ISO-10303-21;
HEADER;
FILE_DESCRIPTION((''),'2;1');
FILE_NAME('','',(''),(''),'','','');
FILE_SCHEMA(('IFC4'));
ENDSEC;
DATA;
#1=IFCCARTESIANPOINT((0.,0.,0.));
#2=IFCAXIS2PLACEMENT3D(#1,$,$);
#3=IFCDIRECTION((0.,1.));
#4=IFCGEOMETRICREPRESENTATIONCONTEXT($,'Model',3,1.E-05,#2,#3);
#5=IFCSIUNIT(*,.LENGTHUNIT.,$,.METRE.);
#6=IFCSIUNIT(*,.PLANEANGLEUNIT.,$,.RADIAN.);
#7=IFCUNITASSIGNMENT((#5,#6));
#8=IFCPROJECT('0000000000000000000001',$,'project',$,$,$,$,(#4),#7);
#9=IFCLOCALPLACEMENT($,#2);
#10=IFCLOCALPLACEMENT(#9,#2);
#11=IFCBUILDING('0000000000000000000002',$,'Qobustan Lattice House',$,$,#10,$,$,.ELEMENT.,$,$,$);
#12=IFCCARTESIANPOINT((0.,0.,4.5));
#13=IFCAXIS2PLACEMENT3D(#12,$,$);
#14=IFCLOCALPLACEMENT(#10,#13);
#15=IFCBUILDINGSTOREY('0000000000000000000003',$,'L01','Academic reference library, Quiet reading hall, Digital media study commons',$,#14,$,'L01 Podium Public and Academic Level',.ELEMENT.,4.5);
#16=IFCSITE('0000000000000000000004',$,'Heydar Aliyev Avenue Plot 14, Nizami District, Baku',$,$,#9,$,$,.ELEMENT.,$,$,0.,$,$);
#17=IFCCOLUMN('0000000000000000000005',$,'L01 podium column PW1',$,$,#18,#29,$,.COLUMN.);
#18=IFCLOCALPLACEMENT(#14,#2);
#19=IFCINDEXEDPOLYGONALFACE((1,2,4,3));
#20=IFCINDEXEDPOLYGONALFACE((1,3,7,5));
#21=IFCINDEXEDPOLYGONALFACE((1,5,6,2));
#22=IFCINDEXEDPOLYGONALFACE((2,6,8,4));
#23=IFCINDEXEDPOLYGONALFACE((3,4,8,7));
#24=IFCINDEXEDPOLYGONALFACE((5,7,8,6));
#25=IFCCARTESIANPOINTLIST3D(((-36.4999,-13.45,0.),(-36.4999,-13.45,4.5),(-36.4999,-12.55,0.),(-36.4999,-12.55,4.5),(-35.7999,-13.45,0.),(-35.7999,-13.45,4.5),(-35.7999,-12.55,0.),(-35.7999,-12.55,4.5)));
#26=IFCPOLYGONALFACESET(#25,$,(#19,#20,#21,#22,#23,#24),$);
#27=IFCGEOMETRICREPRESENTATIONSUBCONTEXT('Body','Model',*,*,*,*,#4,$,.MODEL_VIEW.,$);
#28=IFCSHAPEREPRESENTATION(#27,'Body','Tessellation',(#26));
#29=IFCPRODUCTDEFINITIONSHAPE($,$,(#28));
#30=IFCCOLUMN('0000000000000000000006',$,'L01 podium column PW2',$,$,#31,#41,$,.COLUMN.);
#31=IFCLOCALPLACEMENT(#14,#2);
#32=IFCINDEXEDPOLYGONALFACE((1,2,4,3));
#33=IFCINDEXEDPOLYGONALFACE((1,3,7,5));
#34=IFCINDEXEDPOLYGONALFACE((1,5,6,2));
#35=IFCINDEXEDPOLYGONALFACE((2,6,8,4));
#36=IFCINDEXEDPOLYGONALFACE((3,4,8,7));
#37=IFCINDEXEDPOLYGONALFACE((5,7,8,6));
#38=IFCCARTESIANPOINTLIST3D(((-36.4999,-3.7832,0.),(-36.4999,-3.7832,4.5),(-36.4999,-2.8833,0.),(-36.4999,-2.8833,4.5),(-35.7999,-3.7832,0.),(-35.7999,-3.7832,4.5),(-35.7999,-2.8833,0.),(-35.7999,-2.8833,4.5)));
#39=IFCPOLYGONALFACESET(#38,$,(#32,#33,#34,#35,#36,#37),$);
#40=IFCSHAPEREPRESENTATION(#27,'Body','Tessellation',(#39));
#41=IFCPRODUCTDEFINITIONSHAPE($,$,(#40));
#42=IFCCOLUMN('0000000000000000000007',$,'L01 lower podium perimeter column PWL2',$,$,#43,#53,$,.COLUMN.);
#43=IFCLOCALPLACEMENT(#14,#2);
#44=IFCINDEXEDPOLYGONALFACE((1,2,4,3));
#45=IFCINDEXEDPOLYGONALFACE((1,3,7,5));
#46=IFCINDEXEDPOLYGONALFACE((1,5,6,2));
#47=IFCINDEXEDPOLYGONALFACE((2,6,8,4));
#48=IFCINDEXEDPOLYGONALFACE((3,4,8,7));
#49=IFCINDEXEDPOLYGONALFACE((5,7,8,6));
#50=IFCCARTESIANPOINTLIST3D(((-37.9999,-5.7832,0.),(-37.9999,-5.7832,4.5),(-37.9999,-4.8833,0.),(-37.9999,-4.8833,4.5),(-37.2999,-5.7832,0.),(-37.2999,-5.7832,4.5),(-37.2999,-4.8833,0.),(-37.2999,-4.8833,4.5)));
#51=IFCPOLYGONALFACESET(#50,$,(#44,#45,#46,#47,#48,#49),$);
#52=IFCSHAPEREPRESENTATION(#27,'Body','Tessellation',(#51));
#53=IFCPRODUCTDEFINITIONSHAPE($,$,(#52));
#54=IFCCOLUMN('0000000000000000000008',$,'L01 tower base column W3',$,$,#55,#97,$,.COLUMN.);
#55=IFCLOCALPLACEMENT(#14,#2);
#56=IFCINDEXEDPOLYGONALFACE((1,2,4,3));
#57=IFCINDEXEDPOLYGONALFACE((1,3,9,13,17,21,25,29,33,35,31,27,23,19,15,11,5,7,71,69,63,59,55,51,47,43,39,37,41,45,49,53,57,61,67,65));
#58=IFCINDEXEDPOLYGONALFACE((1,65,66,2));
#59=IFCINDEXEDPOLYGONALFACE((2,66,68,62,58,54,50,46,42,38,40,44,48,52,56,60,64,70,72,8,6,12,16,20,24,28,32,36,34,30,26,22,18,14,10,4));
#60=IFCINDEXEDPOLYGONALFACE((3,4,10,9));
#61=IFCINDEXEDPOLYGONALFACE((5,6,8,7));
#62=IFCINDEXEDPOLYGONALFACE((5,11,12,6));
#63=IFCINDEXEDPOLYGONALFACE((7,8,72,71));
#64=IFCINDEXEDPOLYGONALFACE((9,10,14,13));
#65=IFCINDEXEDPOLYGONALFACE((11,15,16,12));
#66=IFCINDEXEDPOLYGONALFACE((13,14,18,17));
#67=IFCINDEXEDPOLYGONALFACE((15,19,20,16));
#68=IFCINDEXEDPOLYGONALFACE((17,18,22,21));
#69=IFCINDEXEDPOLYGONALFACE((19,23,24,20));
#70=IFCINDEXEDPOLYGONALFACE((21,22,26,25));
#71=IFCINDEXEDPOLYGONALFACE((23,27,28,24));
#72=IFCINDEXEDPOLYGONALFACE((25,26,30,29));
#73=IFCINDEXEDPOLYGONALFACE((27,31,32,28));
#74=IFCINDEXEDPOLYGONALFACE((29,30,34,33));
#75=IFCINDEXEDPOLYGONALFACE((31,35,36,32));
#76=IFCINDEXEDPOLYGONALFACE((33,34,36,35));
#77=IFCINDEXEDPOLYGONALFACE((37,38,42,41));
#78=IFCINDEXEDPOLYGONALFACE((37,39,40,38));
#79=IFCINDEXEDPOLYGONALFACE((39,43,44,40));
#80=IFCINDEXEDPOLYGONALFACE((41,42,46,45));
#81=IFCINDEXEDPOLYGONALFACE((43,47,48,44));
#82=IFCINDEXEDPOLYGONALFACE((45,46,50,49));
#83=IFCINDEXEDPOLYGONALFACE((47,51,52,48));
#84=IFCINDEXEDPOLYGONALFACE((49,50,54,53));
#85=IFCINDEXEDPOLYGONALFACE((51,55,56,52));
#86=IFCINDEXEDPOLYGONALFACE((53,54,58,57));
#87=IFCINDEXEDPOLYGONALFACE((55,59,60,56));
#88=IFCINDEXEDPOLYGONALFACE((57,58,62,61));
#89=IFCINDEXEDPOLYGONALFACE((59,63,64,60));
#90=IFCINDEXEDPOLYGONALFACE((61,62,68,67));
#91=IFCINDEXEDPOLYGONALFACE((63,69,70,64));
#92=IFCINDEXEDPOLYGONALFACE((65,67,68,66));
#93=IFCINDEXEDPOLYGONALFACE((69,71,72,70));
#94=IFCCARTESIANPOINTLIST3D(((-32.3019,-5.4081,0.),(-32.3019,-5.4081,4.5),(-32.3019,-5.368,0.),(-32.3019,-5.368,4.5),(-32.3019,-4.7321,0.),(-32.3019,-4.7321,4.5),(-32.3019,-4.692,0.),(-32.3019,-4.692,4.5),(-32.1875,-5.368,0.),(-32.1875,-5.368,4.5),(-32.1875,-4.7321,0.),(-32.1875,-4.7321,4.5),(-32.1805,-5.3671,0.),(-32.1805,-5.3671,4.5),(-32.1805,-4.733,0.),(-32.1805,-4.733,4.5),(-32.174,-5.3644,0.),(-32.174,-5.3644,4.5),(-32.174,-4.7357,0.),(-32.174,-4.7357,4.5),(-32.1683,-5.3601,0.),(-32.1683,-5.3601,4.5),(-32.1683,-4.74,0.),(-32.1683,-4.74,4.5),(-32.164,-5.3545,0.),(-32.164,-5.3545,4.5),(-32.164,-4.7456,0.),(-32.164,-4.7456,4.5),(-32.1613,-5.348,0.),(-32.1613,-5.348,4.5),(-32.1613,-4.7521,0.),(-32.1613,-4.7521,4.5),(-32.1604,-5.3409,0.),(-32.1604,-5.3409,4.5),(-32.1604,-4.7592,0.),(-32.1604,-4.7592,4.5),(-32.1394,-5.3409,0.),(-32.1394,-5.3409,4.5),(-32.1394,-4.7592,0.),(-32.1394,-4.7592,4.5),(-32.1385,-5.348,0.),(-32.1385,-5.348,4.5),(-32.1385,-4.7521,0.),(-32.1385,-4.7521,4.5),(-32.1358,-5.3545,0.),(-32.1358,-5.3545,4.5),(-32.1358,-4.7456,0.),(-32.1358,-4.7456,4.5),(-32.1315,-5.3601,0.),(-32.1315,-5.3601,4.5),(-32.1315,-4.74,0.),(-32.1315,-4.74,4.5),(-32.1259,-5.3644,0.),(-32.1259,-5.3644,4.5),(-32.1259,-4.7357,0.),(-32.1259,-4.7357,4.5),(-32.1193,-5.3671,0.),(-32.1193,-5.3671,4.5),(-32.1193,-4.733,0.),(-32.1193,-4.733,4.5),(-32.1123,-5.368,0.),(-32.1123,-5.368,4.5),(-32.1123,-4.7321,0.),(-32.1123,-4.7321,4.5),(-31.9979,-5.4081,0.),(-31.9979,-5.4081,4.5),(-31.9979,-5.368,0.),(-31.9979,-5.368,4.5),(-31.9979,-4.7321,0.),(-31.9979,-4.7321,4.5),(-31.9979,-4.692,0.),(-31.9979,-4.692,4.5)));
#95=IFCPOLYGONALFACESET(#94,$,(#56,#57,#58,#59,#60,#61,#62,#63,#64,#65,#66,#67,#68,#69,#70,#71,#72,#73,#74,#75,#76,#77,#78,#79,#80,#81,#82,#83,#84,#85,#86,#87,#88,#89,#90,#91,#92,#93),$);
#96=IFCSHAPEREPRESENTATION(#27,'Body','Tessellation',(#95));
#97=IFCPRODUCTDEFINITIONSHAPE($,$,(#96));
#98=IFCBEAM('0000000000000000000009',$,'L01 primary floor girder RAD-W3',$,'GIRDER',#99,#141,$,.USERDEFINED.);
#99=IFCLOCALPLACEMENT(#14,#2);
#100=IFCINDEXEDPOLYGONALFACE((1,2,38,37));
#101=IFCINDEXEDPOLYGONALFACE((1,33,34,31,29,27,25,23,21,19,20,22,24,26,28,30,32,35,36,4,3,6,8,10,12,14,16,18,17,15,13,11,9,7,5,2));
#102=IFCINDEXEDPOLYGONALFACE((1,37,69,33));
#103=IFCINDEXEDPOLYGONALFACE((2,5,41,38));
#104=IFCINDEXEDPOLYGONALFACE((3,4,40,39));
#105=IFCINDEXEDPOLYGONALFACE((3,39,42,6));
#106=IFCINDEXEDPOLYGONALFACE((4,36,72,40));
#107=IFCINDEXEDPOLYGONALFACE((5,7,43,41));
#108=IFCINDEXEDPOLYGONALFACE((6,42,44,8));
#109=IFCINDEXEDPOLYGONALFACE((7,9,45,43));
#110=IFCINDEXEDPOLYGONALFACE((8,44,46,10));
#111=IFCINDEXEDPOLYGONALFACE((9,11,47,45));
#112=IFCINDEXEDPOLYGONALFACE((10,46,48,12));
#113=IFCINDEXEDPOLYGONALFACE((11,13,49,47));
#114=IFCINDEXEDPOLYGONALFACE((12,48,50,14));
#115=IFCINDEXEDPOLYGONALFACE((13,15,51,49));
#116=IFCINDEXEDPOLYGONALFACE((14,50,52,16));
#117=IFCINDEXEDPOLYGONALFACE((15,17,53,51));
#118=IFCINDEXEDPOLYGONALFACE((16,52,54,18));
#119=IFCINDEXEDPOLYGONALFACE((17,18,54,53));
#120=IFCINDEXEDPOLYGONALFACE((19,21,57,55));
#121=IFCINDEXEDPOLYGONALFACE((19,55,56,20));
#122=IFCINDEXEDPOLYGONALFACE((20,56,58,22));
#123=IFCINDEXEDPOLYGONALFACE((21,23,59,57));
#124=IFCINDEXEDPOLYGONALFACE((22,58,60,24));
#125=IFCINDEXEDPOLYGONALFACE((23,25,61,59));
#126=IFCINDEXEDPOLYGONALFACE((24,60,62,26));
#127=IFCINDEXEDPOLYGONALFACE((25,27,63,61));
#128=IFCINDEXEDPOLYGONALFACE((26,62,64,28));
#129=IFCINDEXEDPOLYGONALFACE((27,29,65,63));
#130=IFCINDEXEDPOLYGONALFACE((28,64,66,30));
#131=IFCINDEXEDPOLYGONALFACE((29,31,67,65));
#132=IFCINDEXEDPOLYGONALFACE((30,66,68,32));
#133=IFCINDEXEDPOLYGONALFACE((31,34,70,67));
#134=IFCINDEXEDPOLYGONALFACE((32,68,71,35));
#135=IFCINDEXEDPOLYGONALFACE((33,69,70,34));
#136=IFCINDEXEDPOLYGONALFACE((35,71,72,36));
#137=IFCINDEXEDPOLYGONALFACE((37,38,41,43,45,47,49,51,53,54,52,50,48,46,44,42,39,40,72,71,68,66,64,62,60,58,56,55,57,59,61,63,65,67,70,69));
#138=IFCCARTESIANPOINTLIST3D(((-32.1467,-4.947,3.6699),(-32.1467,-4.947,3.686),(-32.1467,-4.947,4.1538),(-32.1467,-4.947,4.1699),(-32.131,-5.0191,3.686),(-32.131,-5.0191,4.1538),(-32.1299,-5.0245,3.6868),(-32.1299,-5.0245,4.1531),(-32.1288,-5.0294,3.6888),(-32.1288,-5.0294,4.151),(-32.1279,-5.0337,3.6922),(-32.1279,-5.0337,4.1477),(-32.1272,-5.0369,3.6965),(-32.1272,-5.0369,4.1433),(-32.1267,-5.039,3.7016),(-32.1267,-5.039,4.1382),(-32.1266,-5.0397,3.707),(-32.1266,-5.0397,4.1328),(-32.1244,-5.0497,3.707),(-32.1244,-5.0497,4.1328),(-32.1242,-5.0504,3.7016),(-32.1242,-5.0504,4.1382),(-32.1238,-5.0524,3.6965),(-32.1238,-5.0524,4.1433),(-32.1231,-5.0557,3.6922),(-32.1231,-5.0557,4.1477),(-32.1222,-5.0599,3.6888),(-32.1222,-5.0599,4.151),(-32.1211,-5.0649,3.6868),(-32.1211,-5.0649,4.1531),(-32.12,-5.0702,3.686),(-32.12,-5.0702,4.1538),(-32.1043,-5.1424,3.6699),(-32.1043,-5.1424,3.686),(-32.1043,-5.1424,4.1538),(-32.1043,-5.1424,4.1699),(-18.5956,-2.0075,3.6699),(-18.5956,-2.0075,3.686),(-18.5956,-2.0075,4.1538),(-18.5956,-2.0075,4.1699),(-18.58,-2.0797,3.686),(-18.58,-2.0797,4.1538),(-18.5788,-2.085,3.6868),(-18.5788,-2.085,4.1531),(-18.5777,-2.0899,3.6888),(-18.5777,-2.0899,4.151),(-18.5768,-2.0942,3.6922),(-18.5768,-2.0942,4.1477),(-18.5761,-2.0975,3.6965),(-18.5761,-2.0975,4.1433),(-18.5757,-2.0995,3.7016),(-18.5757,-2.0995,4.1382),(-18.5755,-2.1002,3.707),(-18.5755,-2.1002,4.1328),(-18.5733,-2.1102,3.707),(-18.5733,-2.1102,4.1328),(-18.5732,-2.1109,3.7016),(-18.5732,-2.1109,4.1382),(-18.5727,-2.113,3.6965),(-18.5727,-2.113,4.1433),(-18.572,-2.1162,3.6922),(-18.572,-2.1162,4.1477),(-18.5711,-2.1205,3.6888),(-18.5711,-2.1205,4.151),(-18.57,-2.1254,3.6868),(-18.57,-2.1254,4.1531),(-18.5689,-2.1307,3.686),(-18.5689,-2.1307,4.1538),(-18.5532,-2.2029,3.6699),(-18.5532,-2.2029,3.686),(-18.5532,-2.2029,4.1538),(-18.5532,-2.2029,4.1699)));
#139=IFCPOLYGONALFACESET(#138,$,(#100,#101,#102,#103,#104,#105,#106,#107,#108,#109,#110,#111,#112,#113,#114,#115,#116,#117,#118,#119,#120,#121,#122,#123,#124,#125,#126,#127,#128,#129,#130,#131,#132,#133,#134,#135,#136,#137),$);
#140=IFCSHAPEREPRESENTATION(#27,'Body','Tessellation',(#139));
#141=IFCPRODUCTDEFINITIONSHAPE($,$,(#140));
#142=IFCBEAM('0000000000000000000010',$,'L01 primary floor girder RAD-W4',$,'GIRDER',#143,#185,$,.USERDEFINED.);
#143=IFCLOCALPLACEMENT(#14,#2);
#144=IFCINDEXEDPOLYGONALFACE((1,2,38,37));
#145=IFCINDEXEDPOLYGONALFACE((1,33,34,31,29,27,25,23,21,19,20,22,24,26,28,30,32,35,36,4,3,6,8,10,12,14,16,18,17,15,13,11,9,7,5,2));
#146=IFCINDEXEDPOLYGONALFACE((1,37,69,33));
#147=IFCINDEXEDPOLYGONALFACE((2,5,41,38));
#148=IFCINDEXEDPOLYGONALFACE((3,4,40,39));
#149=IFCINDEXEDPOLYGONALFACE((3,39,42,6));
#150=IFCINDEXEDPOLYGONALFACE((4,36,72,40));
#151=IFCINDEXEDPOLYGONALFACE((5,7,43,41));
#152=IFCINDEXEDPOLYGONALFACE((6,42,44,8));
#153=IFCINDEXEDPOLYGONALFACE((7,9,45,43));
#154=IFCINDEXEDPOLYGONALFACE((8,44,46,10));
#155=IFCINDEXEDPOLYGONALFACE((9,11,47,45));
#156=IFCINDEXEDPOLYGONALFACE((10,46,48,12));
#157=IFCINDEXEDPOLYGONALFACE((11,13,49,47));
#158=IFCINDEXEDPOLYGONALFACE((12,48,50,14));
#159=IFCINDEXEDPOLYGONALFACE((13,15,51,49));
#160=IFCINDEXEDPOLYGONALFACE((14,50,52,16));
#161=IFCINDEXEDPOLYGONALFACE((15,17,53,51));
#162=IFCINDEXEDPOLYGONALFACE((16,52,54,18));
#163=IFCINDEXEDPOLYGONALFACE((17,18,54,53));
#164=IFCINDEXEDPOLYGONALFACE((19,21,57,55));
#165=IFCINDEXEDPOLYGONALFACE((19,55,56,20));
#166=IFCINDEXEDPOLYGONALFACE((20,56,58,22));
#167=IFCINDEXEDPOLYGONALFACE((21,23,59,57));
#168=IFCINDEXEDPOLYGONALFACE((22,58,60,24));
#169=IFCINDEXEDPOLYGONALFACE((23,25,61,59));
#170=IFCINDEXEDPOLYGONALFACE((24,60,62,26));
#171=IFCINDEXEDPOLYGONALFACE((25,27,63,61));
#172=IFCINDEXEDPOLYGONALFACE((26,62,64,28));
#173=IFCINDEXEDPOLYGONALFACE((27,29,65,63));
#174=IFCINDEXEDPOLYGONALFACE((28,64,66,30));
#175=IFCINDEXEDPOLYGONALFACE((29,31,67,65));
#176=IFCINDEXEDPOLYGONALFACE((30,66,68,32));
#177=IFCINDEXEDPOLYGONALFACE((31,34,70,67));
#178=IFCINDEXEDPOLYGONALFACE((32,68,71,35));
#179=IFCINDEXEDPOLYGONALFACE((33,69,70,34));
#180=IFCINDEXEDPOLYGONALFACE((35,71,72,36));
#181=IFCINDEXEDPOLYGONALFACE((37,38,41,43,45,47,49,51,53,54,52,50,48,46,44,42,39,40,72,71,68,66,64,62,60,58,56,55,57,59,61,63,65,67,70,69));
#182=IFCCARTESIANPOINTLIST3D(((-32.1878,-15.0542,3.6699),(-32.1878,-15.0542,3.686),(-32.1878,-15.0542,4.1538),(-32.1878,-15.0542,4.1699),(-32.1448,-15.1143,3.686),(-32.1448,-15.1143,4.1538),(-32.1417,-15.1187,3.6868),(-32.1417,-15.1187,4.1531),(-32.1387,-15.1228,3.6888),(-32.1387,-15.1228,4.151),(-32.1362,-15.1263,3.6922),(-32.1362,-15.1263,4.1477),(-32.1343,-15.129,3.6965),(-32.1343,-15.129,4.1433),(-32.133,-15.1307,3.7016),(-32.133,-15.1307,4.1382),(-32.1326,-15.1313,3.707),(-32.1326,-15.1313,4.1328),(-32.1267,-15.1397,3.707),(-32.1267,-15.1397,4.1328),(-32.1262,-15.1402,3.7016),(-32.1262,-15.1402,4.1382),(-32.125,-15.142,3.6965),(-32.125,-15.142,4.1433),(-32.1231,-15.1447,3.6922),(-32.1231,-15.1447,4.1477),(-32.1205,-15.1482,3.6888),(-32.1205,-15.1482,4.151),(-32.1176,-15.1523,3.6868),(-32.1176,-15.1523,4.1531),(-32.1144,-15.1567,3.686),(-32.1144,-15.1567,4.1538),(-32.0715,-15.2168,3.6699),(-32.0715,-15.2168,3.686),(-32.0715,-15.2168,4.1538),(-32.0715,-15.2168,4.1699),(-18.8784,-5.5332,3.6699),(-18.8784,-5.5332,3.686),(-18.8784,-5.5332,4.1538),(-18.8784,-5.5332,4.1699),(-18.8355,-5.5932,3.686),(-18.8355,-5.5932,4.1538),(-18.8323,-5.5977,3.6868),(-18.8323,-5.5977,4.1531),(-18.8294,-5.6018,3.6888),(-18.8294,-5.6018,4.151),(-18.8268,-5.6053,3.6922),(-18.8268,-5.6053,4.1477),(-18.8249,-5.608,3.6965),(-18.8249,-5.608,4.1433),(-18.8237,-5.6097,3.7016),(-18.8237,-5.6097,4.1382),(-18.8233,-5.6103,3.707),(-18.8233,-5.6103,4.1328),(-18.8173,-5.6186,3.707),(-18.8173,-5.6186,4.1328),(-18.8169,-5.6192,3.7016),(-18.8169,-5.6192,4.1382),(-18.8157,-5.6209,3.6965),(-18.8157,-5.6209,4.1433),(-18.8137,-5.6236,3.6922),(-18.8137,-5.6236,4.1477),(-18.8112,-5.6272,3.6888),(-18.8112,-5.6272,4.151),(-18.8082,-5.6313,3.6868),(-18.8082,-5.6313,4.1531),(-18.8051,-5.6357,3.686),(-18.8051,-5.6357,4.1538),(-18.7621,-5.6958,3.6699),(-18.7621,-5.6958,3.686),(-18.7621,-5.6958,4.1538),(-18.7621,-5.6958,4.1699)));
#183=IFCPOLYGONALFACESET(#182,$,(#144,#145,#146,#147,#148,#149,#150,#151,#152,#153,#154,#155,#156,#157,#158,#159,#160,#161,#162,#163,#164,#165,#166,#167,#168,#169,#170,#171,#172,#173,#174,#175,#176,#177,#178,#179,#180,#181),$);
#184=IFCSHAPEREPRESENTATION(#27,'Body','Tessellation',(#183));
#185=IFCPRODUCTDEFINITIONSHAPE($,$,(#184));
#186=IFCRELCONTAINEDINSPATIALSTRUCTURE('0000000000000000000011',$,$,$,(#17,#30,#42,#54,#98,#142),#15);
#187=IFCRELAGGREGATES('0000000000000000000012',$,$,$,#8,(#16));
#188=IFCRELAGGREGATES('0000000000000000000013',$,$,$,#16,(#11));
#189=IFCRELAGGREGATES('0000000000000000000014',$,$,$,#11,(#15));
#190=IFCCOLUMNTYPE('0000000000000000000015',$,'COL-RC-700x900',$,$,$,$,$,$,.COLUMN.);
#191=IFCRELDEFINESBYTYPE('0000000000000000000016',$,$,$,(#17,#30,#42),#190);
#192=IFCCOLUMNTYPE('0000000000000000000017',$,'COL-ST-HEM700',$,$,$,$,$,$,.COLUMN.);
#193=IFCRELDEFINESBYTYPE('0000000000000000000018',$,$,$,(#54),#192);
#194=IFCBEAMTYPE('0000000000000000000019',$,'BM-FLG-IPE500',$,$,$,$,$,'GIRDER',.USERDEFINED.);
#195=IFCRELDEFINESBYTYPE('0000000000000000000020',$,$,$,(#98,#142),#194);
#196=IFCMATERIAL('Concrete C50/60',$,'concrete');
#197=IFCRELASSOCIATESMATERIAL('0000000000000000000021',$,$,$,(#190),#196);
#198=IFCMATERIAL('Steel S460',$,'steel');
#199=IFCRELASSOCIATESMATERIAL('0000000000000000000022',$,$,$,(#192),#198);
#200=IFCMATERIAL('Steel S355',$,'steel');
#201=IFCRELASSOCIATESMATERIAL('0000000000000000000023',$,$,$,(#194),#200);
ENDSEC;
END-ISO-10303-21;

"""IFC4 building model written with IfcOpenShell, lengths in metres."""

from ifc_helpers import new_model, si_unit, direction, frame, origin, origin_2d, place, context, subcontext, project, spatial, rectangle, i_section, extrude, material, material_profile, profile_set, type_object, element, save


model = new_model("IFC4")

# Units and contexts
model_context = context("Model", 3, precision=1e-05, world=origin(), true_north=direction((0.0, 1.0)))
body_context = subcontext(model_context, "Body", "Model", "MODEL_VIEW")
ifc_project = project(units=[si_unit("LENGTHUNIT", "METRE"), si_unit("PLANEANGLEUNIT", "RADIAN")], contexts=[model_context])

# Site, building, storey
site_placement = place(None, origin())
site = spatial("IfcSite", under=ifc_project, at=site_placement, Name="Heydar Aliyev Avenue Plot 14, Nizami District, Baku", CompositionType="ELEMENT", RefElevation=0.0)
building_placement = place(site_placement, origin())
building = spatial("IfcBuilding", under=site, at=building_placement, Name="Qobustan Lattice House", CompositionType="ELEMENT")
storey_placement = place(building_placement, frame((0.0, 0.0, 4.5)))
storey = spatial("IfcBuildingStorey", under=building, at=storey_placement, Name="L01", Description="Academic reference library, Quiet reading hall, Digital media study commons", LongName="L01 Podium Public and Academic Level", CompositionType="ELEMENT", Elevation=4.5)

# Columns
ifc_material_1 = material(Name="Concrete C50/60", Category="concrete")
ifc_material_profile_1 = material_profile(ifc_material_1, rectangle(XDim=0.7, YDim=0.8999, at=origin_2d()), Name="RC700x900")
ifc_profile_set_1 = profile_set([ifc_material_profile_1], Name="Concrete C50/60")
column_type_1 = type_object("IfcColumnType", Name="COL-RC-700x900", PredefinedType="COLUMN", material=ifc_profile_set_1)
for number, where, z_axis, x_axis, name in (
    (1, (-36.1499, -13.0, 0.0), (0.0, 0.0, 1.0), (1.0, 0.0, 0.0), "L01 podium column PW1"),
    (2, (-36.1499, -3.3333, 0.0), (0.0, 0.0, 1.0), (1.0, 0.0, 0.0), "L01 podium column PW2"),
    (3, (-37.6499, -5.3333, 0.0), (0.0, 0.0, 1.0), (1.0, 0.0, 0.0), "L01 lower podium perimeter column PWL2"),
):
    element("IfcColumn", number, at=place(storey_placement, frame(where, z_axis=z_axis, x_axis=x_axis)), inside=storey, type_object=column_type_1, Name=name, PredefinedType="COLUMN", context=body_context, shape_type="SweptSolid", body=[
        extrude(rectangle(XDim=0.7, YDim=0.8999, at=origin_2d()), origin(), (0.0, 0.0, 1.0), 4.5),
    ])
ifc_material_2 = material(Name="Steel S460", Category="steel")
ifc_material_profile_2 = material_profile(ifc_material_2, i_section(OverallWidth=0.304, OverallDepth=0.7161, WebThickness=0.021, FlangeThickness=0.04, FilletRadius=0.0271, at=origin_2d()), Name="HEM700")
ifc_profile_set_2 = profile_set([ifc_material_profile_2], Name="Steel S460")
column_type_2 = type_object("IfcColumnType", Name="COL-ST-HEM700", PredefinedType="COLUMN", material=ifc_profile_set_2)
column_placement = place(storey_placement, frame((-32.1499, -5.05, 0.0), z_axis=(0.0, 0.0, 1.0), x_axis=(1.0, 0.0, 0.0)))
element("IfcColumn", 4, at=column_placement, inside=storey, type_object=column_type_2, Name="L01 tower base column W3", PredefinedType="COLUMN", context=body_context, shape_type="SweptSolid", body=[
    extrude(i_section(OverallWidth=0.304, OverallDepth=0.7161, WebThickness=0.021, FlangeThickness=0.04, FilletRadius=0.0271, at=origin_2d()), origin(), (0.0, 0.0, 1.0), 4.5),
])

# Beams
ifc_material_3 = material(Name="Steel S355", Category="steel")
ifc_material_profile_3 = material_profile(ifc_material_3, i_section(OverallWidth=0.2, OverallDepth=0.5, WebThickness=0.0103, FlangeThickness=0.0161, FilletRadius=0.021, at=origin_2d()), Name="IPE500")
ifc_profile_set_3 = profile_set([ifc_material_profile_3], Name="Steel S355")
beam_type_1 = type_object("IfcBeamType", Name="BM-FLG-IPE500", ElementType="GIRDER", PredefinedType="USERDEFINED", material=ifc_profile_set_3)
beam_1_placement = place(storey_placement, frame((-32.1255, -5.0447, 3.9199), z_axis=(0.977272, 0.211987, 0.0), x_axis=(-0.211987, 0.977272, 0.0)))
element("IfcBeam", 5, at=beam_1_placement, inside=storey, type_object=beam_type_1, Name="L01 primary floor girder RAD-W3", ObjectType="GIRDER", PredefinedType="USERDEFINED", context=body_context, shape_type="SweptSolid", body=[
    extrude(i_section(OverallWidth=0.2, OverallDepth=0.5, WebThickness=0.0103, FlangeThickness=0.0161, FilletRadius=0.021, at=origin_2d()), origin(), (0.0, 0.0, 1.0), 13.8662),
])
beam_2_placement = place(storey_placement, frame((-32.1296, -15.1355, 3.9199), z_axis=(0.813319, 0.581818, 0.0), x_axis=(-0.581818, 0.813319, 0.0)))
element("IfcBeam", 6, at=beam_2_placement, inside=storey, type_object=beam_type_1, Name="L01 primary floor girder RAD-W4", ObjectType="GIRDER", PredefinedType="USERDEFINED", context=body_context, shape_type="SweptSolid", body=[
    extrude(i_section(OverallWidth=0.2, OverallDepth=0.5, WebThickness=0.0103, FlangeThickness=0.0161, FilletRadius=0.021, at=origin_2d()), origin(), (0.0, 0.0, 1.0), 16.3643),
])

save(model, "model.ifc")
